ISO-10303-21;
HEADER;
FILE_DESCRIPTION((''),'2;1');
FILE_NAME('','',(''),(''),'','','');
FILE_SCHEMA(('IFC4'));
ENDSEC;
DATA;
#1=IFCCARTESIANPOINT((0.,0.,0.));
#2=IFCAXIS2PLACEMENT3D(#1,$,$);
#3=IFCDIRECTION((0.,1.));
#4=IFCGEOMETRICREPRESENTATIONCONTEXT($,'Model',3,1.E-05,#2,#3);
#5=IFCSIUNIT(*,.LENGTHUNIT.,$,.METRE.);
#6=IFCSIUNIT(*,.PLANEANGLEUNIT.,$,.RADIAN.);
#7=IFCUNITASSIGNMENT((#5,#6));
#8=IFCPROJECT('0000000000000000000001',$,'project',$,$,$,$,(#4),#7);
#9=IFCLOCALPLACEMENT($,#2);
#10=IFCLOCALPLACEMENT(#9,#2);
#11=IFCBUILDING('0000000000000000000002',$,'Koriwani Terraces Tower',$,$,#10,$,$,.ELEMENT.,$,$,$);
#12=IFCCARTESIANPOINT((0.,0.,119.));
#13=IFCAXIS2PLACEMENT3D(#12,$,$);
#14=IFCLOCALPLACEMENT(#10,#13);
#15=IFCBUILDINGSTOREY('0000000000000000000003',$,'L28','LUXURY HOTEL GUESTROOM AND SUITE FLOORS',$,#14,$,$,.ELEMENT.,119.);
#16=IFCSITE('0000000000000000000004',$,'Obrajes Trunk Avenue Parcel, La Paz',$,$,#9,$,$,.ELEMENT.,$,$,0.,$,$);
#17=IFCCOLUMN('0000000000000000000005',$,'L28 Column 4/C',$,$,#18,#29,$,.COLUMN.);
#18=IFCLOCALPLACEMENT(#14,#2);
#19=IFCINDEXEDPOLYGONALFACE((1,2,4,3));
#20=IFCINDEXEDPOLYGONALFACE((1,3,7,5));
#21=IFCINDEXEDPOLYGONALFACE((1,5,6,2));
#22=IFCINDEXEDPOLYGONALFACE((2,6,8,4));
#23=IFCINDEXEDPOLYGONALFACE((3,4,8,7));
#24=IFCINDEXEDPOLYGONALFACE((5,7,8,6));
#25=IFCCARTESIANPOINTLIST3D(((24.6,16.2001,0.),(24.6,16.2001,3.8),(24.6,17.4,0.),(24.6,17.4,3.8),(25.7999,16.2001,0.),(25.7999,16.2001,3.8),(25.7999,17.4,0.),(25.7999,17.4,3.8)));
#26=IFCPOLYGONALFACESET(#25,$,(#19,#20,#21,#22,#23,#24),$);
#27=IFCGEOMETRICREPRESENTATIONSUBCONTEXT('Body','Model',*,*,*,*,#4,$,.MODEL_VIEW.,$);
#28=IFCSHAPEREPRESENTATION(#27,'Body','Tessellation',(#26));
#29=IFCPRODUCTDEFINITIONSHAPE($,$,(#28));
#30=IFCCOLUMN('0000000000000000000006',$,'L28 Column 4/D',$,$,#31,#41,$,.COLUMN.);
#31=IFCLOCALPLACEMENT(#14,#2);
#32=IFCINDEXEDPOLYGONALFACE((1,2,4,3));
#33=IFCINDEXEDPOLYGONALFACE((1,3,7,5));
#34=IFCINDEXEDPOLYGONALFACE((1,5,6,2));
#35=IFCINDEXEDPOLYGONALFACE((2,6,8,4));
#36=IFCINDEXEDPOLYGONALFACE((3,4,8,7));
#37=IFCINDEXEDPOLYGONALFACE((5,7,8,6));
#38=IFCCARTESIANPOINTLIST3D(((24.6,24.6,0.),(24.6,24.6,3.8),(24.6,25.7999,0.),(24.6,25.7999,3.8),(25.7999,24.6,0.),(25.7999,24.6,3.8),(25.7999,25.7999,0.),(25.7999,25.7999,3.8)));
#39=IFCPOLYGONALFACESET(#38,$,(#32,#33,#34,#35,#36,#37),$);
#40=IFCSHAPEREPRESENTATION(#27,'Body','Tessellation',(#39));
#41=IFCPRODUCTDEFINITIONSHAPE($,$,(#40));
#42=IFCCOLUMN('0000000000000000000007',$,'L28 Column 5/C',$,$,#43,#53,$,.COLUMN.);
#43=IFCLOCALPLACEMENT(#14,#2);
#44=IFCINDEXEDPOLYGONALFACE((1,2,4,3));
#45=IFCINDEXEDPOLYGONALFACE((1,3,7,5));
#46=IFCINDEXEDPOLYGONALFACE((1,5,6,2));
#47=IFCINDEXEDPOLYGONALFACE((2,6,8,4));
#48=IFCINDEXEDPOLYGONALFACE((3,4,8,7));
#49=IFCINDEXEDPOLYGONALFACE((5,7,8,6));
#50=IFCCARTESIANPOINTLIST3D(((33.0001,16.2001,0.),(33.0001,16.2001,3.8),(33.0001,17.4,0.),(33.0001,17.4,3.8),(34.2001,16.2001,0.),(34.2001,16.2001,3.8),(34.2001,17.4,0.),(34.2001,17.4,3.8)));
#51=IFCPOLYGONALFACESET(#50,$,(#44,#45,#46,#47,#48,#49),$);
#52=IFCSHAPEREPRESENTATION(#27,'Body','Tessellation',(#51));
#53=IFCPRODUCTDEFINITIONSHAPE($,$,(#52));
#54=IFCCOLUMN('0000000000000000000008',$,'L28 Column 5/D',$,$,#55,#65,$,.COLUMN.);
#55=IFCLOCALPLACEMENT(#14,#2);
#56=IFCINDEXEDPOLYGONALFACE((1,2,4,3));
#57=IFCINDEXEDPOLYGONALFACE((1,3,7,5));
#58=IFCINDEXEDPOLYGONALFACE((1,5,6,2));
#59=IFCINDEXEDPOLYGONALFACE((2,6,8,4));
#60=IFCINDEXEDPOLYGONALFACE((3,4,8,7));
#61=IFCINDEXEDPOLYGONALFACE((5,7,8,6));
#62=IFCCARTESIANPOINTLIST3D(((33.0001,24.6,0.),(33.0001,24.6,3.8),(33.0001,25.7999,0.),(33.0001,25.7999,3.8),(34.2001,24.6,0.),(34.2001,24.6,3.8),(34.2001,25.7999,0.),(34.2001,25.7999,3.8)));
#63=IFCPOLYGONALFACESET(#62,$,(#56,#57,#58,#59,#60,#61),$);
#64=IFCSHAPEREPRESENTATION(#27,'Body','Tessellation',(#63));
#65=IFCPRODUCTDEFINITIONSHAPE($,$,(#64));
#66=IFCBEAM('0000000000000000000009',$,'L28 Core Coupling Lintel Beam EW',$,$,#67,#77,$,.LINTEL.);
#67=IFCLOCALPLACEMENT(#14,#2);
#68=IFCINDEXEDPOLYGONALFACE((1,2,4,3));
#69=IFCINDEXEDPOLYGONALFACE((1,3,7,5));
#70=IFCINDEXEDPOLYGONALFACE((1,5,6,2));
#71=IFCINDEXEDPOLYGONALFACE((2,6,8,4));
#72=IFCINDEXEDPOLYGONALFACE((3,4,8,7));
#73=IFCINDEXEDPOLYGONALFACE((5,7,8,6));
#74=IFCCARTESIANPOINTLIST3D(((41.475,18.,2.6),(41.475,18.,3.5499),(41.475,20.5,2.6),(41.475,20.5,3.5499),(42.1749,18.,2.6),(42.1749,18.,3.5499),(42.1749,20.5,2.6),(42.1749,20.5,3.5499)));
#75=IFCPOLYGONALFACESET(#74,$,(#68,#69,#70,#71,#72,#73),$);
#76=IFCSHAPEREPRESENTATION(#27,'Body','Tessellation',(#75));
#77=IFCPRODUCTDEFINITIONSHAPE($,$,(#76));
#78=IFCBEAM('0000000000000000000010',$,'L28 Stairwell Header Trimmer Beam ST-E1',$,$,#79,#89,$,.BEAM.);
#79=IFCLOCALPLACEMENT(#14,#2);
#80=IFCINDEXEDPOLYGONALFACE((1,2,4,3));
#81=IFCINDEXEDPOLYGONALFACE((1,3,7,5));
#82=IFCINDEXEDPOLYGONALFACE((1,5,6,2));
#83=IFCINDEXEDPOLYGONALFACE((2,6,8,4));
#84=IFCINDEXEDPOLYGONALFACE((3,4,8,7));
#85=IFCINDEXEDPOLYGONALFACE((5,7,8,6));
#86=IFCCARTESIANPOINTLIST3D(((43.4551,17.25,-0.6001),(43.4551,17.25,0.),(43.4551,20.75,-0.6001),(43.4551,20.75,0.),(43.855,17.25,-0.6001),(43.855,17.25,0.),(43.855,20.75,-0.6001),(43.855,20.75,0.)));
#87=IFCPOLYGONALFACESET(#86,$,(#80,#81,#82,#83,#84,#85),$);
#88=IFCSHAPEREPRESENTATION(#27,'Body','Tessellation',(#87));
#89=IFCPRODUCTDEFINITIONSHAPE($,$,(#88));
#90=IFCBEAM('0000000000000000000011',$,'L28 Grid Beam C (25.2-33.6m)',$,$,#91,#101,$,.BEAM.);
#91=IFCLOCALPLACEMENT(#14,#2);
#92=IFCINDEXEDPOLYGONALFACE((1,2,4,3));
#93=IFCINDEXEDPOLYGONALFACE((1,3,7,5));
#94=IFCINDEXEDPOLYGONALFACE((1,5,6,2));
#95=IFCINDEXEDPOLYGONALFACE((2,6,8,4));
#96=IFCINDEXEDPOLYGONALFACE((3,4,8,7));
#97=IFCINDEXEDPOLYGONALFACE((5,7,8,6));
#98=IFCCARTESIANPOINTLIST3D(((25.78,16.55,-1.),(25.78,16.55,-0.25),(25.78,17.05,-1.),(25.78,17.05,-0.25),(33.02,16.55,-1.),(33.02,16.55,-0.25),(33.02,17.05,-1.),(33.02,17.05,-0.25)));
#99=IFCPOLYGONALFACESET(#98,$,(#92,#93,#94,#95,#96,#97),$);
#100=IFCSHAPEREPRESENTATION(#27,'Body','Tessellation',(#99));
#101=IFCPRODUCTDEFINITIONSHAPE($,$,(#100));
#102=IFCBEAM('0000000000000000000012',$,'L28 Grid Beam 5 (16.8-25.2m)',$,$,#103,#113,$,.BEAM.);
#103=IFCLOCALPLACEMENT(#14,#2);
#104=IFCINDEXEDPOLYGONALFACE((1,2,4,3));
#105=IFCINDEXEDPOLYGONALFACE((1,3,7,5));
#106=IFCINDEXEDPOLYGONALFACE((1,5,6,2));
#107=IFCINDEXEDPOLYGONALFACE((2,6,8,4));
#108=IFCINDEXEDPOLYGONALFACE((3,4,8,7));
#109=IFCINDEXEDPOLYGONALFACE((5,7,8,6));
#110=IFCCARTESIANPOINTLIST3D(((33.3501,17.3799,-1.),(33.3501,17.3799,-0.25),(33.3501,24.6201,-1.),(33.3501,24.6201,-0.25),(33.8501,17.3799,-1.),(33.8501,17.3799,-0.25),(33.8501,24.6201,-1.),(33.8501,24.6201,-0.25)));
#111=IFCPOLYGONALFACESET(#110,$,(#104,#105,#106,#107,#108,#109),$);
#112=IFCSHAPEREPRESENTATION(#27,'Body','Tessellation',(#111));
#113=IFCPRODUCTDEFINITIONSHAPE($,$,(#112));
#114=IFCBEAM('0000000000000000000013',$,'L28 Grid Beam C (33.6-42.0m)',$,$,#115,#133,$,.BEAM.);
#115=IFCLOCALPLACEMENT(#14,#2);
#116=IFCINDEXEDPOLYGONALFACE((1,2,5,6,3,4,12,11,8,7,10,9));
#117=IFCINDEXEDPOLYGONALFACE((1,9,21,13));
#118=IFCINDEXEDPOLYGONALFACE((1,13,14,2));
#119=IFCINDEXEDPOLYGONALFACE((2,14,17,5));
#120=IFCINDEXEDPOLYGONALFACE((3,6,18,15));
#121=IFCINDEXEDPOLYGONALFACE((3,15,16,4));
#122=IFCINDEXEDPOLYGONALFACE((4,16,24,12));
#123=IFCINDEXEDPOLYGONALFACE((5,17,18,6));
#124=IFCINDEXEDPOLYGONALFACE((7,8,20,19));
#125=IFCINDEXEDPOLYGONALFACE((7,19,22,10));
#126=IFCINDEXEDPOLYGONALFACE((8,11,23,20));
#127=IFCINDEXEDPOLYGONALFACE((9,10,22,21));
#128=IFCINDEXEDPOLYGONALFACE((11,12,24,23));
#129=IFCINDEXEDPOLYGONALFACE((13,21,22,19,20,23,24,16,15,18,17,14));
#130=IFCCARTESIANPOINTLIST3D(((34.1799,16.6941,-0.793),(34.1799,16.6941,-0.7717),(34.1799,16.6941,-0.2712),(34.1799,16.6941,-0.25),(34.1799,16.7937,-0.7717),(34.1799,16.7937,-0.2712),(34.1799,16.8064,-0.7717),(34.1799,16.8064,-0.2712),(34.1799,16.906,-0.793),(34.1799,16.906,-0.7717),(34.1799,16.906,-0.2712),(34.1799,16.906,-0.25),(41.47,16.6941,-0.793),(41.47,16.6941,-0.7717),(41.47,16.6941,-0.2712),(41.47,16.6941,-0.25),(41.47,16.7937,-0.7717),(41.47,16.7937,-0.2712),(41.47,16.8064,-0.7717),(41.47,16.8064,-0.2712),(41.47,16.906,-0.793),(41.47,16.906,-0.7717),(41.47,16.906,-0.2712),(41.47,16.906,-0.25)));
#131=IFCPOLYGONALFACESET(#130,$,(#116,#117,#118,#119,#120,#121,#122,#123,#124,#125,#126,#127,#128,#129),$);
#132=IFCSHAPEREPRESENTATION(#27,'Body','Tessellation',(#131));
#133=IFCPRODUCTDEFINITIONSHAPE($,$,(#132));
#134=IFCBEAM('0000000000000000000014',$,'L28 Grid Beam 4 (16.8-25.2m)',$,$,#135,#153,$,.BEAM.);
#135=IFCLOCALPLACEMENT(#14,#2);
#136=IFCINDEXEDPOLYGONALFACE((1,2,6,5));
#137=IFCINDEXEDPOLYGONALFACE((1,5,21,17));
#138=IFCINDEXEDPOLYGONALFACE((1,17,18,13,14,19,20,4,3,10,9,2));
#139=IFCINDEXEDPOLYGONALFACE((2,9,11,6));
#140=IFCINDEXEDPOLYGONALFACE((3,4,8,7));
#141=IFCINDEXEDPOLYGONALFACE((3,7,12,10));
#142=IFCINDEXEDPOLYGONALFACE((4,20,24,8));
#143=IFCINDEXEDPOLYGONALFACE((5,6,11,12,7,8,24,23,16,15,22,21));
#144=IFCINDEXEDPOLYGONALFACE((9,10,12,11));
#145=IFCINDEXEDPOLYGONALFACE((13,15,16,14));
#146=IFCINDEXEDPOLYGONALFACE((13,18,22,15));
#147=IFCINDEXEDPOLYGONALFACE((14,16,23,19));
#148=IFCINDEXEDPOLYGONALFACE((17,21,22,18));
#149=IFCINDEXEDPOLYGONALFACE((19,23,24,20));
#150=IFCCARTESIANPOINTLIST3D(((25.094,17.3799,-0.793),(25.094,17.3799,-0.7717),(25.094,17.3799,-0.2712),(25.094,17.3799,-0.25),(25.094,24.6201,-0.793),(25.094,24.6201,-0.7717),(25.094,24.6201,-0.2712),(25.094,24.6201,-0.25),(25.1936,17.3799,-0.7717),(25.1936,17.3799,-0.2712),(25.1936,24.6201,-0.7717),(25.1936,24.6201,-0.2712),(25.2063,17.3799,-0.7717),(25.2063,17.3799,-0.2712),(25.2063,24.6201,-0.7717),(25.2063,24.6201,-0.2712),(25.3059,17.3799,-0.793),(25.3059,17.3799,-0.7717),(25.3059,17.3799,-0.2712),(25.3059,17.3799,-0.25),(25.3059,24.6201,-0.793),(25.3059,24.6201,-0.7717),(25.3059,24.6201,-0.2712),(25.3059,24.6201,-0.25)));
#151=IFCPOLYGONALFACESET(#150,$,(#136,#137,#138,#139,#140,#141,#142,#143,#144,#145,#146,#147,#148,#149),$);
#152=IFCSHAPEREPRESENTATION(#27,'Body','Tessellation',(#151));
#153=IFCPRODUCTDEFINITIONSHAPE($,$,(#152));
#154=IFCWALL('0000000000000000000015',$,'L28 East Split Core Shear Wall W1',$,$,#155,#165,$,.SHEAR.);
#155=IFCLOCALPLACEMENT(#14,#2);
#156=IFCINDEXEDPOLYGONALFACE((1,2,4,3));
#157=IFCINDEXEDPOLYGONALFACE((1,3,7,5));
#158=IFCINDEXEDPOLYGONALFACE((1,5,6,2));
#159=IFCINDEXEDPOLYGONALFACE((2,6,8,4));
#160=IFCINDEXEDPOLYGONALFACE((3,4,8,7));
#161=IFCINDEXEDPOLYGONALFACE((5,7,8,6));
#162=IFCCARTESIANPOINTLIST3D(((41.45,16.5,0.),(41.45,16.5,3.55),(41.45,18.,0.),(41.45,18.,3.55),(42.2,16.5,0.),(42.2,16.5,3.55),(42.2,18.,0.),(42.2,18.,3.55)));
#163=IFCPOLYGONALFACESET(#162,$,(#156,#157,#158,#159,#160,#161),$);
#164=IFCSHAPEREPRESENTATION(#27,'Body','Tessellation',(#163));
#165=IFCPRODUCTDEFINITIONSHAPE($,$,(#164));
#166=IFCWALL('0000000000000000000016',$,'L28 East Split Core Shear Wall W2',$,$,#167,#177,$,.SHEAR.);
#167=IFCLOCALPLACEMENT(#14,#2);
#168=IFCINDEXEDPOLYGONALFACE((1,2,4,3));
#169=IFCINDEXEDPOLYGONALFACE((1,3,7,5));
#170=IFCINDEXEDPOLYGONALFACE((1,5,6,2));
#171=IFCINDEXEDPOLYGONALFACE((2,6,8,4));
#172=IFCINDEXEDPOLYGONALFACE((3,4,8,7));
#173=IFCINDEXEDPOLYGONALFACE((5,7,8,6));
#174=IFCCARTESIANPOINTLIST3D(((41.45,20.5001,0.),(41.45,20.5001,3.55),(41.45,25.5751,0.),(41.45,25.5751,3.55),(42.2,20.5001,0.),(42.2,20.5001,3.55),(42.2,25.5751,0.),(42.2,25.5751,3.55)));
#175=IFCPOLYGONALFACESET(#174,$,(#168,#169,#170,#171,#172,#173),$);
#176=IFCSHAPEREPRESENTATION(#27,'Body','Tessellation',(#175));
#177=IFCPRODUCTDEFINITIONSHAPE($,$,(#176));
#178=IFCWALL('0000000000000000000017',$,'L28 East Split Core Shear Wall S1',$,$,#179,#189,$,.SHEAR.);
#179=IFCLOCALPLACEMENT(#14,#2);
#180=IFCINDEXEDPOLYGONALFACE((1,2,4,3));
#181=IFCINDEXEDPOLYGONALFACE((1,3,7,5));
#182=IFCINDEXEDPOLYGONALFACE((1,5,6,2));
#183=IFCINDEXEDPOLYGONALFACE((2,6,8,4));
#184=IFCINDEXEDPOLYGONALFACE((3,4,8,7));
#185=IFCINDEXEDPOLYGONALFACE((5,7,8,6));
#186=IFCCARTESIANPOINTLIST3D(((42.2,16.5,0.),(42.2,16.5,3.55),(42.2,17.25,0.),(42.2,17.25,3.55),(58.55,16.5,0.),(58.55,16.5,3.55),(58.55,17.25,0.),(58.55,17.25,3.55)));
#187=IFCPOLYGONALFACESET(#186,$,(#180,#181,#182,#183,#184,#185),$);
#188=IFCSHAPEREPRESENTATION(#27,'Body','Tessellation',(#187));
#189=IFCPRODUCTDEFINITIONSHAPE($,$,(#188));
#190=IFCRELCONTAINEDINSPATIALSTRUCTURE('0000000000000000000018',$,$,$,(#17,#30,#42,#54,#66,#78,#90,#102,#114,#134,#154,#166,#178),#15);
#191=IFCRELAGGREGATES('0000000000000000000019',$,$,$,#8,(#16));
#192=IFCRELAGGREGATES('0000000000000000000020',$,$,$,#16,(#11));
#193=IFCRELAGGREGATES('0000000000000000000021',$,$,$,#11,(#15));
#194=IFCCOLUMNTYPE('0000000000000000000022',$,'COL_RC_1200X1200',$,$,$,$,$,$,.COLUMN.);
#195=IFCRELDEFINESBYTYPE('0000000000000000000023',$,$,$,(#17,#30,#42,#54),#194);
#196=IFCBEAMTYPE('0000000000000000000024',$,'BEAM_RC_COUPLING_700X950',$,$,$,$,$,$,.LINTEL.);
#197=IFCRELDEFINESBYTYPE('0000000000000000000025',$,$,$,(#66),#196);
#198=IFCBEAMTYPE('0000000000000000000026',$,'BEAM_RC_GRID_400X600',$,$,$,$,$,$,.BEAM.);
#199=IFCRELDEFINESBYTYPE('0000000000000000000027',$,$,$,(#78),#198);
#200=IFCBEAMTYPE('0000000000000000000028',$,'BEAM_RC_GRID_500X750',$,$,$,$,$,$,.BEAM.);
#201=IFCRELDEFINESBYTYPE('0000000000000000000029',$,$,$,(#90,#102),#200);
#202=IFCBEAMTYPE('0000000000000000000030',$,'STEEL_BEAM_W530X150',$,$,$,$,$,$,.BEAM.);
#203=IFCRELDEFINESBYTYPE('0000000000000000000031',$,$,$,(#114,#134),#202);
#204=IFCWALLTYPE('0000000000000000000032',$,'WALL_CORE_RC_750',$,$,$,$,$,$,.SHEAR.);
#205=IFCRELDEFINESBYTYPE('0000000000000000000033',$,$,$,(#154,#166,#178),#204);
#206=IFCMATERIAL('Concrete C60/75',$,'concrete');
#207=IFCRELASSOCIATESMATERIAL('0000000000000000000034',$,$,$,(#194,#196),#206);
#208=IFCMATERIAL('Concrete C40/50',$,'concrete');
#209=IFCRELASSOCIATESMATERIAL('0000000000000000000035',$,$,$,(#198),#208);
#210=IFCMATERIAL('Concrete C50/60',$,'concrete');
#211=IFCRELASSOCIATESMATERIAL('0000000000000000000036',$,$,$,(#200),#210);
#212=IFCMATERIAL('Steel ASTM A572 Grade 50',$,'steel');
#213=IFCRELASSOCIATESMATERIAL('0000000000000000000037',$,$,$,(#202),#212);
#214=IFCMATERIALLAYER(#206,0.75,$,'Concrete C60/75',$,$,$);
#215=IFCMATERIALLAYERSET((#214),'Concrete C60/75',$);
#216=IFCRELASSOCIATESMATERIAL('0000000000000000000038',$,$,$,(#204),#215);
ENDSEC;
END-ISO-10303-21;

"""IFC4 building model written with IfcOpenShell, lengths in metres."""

from ifc_helpers import new_model, si_unit, direction, frame, frame_2d, origin, origin_2d, place, context, subcontext, project, spatial, rectangle, i_section, extrude, material, layer, layer_set, material_profile, profile_set, type_object, element, save


model = new_model("IFC4")

# Units and contexts
model_context = context("Model", 3, precision=1e-05, world=origin(), true_north=direction((0.0, 1.0)))
body_context = subcontext(model_context, "Body", "Model", "MODEL_VIEW")
ifc_project = project(units=[si_unit("LENGTHUNIT", "METRE"), si_unit("PLANEANGLEUNIT", "RADIAN")], contexts=[model_context])

# Site, building, storey
site_placement = place(None, origin())
site = spatial("IfcSite", under=ifc_project, at=site_placement, Name="Obrajes Trunk Avenue Parcel, La Paz", CompositionType="ELEMENT", RefElevation=0.0)
building_placement = place(site_placement, origin())
building = spatial("IfcBuilding", under=site, at=building_placement, Name="Koriwani Terraces Tower", CompositionType="ELEMENT")
storey_placement = place(building_placement, frame((0.0, 0.0, 119.0)))
storey = spatial("IfcBuildingStorey", under=building, at=storey_placement, Name="L28", Description="LUXURY HOTEL GUESTROOM AND SUITE FLOORS", CompositionType="ELEMENT", Elevation=119.0)

# Columns
ifc_material_1 = material(Name="Concrete C60/75", Category="concrete")
ifc_material_profile_1 = material_profile(ifc_material_1, rectangle(XDim=1.2, YDim=1.2, at=origin_2d()), Name="Concrete C60/75", Category="LoadBearing")
ifc_profile_set_1 = profile_set([ifc_material_profile_1], Name="Concrete C60/75")
column_type = type_object("IfcColumnType", Name="COL_RC_1200X1200", PredefinedType="COLUMN", material=ifc_profile_set_1)
for number, where, z_axis, x_axis, name in (
    (1, (25.2, 16.8, 0.0), (0.0, 0.0, 1.0), (1.0, 0.0, 0.0), "L28 Column 4/C"),
    (2, (25.2, 25.2, 0.0), (0.0, 0.0, 1.0), (1.0, 0.0, 0.0), "L28 Column 4/D"),
    (3, (33.6001, 16.8, 0.0), (0.0, 0.0, 1.0), (1.0, 0.0, 0.0), "L28 Column 5/C"),
    (4, (33.6001, 25.2, 0.0), (0.0, 0.0, 1.0), (1.0, 0.0, 0.0), "L28 Column 5/D"),
):
    element("IfcColumn", number, at=place(storey_placement, frame(where, z_axis=z_axis, x_axis=x_axis)), inside=storey, type_object=column_type, Name=name, PredefinedType="COLUMN", context=body_context, shape_type="SweptSolid", body=[
        extrude(rectangle(XDim=1.2, YDim=1.2, at=origin_2d()), origin(), (0.0, 0.0, 1.0), 3.8),
    ])

# Beams
ifc_material_profile_2 = material_profile(ifc_material_1, rectangle(XDim=0.7, YDim=0.95, at=origin_2d()), Name="Concrete C60/75", Category="LoadBearing")
ifc_profile_set_2 = profile_set([ifc_material_profile_2], Name="Concrete C60/75")
beam_type_1 = type_object("IfcBeamType", Name="BEAM_RC_COUPLING_700X950", PredefinedType="LINTEL", material=ifc_profile_set_2)
beam_1_placement = place(storey_placement, frame((41.825, 18.0, 3.075), z_axis=(0.0, 1.0, 0.0), x_axis=(-1.0, 0.0, 0.0)))
element("IfcBeam", 5, at=beam_1_placement, inside=storey, type_object=beam_type_1, Name="L28 Core Coupling Lintel Beam EW", PredefinedType="LINTEL", context=body_context, shape_type="SweptSolid", body=[
    extrude(rectangle(XDim=0.7, YDim=0.95, at=origin_2d()), origin(), (0.0, 0.0, 1.0), 2.5),
])
ifc_material_2 = material(Name="Concrete C40/50", Category="concrete")
ifc_material_profile_3 = material_profile(ifc_material_2, rectangle(XDim=0.3999, YDim=0.6001, at=origin_2d()), Name="Concrete C40/50", Category="LoadBearing")
ifc_profile_set_3 = profile_set([ifc_material_profile_3], Name="Concrete C40/50")
beam_type_2 = type_object("IfcBeamType", Name="BEAM_RC_GRID_400X600", PredefinedType="BEAM", material=ifc_profile_set_3)
beam_2_placement = place(storey_placement, frame((43.655, 17.25, -0.3), z_axis=(0.0, 1.0, 0.0), x_axis=(-1.0, 0.0, 0.0)))
element("IfcBeam", 6, at=beam_2_placement, inside=storey, type_object=beam_type_2, Name="L28 Stairwell Header Trimmer Beam ST-E1", PredefinedType="BEAM", context=body_context, shape_type="SweptSolid", body=[
    extrude(rectangle(XDim=0.3999, YDim=0.6001, at=origin_2d()), origin(), (0.0, 0.0, 1.0), 3.5),
])
ifc_material_3 = material(Name="Concrete C50/60", Category="concrete")
ifc_material_profile_4 = material_profile(ifc_material_3, rectangle(XDim=0.5, YDim=0.75, at=origin_2d()), Name="Concrete C50/60", Category="LoadBearing")
ifc_profile_set_4 = profile_set([ifc_material_profile_4], Name="Concrete C50/60")
beam_type_3 = type_object("IfcBeamType", Name="BEAM_RC_GRID_500X750", PredefinedType="BEAM", material=ifc_profile_set_4)
beam_3_placement = place(storey_placement, frame((25.78, 16.8, -0.625), z_axis=(1.0, 0.0, 0.0), x_axis=(0.0, 1.0, 0.0)))
element("IfcBeam", 7, at=beam_3_placement, inside=storey, type_object=beam_type_3, Name="L28 Grid Beam C (25.2-33.6m)", PredefinedType="BEAM", context=body_context, shape_type="SweptSolid", body=[
    extrude(rectangle(XDim=0.5, YDim=0.75, at=origin_2d()), origin(), (0.0, 0.0, 1.0), 7.24),
])
beam_4_placement = place(storey_placement, frame((33.6001, 17.3799, -0.625), z_axis=(0.0, 1.0, 0.0), x_axis=(-1.0, 0.0, 0.0)))
element("IfcBeam", 8, at=beam_4_placement, inside=storey, type_object=beam_type_3, Name="L28 Grid Beam 5 (16.8-25.2m)", PredefinedType="BEAM", context=body_context, shape_type="SweptSolid", body=[
    extrude(rectangle(XDim=0.5, YDim=0.75, at=origin_2d()), origin(), (0.0, 0.0, 1.0), 7.2402),
])
ifc_material_4 = material(Name="Steel ASTM A572 Grade 50", Category="steel")
ifc_material_profile_5 = material_profile(ifc_material_4, i_section(OverallWidth=0.2119, OverallDepth=0.543, WebThickness=0.0127, FlangeThickness=0.0212, at=origin_2d()), Name="Steel ASTM A572 Grade 50", Category="LoadBearing")
ifc_profile_set_5 = profile_set([ifc_material_profile_5], Name="Steel ASTM A572 Grade 50")
beam_type_4 = type_object("IfcBeamType", Name="STEEL_BEAM_W530X150", PredefinedType="BEAM", material=ifc_profile_set_5)
beam_5_placement = place(storey_placement, frame((34.1799, 16.8, -0.5215), z_axis=(1.0, 0.0, 0.0), x_axis=(0.0, 1.0, 0.0)))
element("IfcBeam", 9, at=beam_5_placement, inside=storey, type_object=beam_type_4, Name="L28 Grid Beam C (33.6-42.0m)", PredefinedType="BEAM", context=body_context, shape_type="SweptSolid", body=[
    extrude(i_section(OverallWidth=0.2119, OverallDepth=0.543, WebThickness=0.0127, FlangeThickness=0.0212, at=origin_2d()), origin(), (0.0, 0.0, 1.0), 7.29),
])
beam_6_placement = place(storey_placement, frame((25.2, 17.3799, -0.5215), z_axis=(0.0, 1.0, 0.0), x_axis=(-1.0, 0.0, 0.0)))
element("IfcBeam", 10, at=beam_6_placement, inside=storey, type_object=beam_type_4, Name="L28 Grid Beam 4 (16.8-25.2m)", PredefinedType="BEAM", context=body_context, shape_type="SweptSolid", body=[
    extrude(i_section(OverallWidth=0.2119, OverallDepth=0.543, WebThickness=0.0127, FlangeThickness=0.0212, at=origin_2d()), origin(), (0.0, 0.0, 1.0), 7.2402),
])

# Walls
ifc_layer_1 = layer(ifc_material_1, 0.75, Name="Concrete C60/75")
ifc_layer_set_1 = layer_set([ifc_layer_1], Name="Concrete C60/75")
wall_type_1 = type_object("IfcWallType", Name="WALL_CORE_RC_750", PredefinedType="SHEAR", material=ifc_layer_set_1)
wall_1_placement = place(storey_placement, frame((41.825, 16.5, 0.0), z_axis=(0.0, 0.0, 1.0), x_axis=(0.0, 1.0, 0.0)))
element("IfcWall", 11, at=wall_1_placement, inside=storey, type_object=wall_type_1, Name="L28 East Split Core Shear Wall W1", PredefinedType="SHEAR", context=body_context, shape_type="SweptSolid", body=[
    extrude(rectangle(XDim=1.5, YDim=0.75, at=frame_2d((0.75, 0.0))), origin(), (0.0, 0.0, 1.0), 3.55),
])
wall_2_placement = place(storey_placement, frame((41.825, 20.5, 0.0), z_axis=(0.0, 0.0, 1.0), x_axis=(0.0, 1.0, 0.0)))
element("IfcWall", 12, at=wall_2_placement, inside=storey, type_object=wall_type_1, Name="L28 East Split Core Shear Wall W2", PredefinedType="SHEAR", context=body_context, shape_type="SweptSolid", body=[
    extrude(rectangle(XDim=5.075, YDim=0.75, at=frame_2d((2.5376, 0.0))), origin(), (0.0, 0.0, 1.0), 3.55),
])
wall_3_placement = place(storey_placement, frame((42.2, 16.875, 0.0), z_axis=(0.0, 0.0, 1.0), x_axis=(1.0, 0.0, 0.0)))
element("IfcWall", 13, at=wall_3_placement, inside=storey, type_object=wall_type_1, Name="L28 East Split Core Shear Wall S1", PredefinedType="SHEAR", context=body_context, shape_type="SweptSolid", body=[
    extrude(rectangle(XDim=16.3501, YDim=0.75, at=frame_2d((8.175, 0.0))), origin(), (0.0, 0.0, 1.0), 3.55),
])

save(model, "model.ifc")
